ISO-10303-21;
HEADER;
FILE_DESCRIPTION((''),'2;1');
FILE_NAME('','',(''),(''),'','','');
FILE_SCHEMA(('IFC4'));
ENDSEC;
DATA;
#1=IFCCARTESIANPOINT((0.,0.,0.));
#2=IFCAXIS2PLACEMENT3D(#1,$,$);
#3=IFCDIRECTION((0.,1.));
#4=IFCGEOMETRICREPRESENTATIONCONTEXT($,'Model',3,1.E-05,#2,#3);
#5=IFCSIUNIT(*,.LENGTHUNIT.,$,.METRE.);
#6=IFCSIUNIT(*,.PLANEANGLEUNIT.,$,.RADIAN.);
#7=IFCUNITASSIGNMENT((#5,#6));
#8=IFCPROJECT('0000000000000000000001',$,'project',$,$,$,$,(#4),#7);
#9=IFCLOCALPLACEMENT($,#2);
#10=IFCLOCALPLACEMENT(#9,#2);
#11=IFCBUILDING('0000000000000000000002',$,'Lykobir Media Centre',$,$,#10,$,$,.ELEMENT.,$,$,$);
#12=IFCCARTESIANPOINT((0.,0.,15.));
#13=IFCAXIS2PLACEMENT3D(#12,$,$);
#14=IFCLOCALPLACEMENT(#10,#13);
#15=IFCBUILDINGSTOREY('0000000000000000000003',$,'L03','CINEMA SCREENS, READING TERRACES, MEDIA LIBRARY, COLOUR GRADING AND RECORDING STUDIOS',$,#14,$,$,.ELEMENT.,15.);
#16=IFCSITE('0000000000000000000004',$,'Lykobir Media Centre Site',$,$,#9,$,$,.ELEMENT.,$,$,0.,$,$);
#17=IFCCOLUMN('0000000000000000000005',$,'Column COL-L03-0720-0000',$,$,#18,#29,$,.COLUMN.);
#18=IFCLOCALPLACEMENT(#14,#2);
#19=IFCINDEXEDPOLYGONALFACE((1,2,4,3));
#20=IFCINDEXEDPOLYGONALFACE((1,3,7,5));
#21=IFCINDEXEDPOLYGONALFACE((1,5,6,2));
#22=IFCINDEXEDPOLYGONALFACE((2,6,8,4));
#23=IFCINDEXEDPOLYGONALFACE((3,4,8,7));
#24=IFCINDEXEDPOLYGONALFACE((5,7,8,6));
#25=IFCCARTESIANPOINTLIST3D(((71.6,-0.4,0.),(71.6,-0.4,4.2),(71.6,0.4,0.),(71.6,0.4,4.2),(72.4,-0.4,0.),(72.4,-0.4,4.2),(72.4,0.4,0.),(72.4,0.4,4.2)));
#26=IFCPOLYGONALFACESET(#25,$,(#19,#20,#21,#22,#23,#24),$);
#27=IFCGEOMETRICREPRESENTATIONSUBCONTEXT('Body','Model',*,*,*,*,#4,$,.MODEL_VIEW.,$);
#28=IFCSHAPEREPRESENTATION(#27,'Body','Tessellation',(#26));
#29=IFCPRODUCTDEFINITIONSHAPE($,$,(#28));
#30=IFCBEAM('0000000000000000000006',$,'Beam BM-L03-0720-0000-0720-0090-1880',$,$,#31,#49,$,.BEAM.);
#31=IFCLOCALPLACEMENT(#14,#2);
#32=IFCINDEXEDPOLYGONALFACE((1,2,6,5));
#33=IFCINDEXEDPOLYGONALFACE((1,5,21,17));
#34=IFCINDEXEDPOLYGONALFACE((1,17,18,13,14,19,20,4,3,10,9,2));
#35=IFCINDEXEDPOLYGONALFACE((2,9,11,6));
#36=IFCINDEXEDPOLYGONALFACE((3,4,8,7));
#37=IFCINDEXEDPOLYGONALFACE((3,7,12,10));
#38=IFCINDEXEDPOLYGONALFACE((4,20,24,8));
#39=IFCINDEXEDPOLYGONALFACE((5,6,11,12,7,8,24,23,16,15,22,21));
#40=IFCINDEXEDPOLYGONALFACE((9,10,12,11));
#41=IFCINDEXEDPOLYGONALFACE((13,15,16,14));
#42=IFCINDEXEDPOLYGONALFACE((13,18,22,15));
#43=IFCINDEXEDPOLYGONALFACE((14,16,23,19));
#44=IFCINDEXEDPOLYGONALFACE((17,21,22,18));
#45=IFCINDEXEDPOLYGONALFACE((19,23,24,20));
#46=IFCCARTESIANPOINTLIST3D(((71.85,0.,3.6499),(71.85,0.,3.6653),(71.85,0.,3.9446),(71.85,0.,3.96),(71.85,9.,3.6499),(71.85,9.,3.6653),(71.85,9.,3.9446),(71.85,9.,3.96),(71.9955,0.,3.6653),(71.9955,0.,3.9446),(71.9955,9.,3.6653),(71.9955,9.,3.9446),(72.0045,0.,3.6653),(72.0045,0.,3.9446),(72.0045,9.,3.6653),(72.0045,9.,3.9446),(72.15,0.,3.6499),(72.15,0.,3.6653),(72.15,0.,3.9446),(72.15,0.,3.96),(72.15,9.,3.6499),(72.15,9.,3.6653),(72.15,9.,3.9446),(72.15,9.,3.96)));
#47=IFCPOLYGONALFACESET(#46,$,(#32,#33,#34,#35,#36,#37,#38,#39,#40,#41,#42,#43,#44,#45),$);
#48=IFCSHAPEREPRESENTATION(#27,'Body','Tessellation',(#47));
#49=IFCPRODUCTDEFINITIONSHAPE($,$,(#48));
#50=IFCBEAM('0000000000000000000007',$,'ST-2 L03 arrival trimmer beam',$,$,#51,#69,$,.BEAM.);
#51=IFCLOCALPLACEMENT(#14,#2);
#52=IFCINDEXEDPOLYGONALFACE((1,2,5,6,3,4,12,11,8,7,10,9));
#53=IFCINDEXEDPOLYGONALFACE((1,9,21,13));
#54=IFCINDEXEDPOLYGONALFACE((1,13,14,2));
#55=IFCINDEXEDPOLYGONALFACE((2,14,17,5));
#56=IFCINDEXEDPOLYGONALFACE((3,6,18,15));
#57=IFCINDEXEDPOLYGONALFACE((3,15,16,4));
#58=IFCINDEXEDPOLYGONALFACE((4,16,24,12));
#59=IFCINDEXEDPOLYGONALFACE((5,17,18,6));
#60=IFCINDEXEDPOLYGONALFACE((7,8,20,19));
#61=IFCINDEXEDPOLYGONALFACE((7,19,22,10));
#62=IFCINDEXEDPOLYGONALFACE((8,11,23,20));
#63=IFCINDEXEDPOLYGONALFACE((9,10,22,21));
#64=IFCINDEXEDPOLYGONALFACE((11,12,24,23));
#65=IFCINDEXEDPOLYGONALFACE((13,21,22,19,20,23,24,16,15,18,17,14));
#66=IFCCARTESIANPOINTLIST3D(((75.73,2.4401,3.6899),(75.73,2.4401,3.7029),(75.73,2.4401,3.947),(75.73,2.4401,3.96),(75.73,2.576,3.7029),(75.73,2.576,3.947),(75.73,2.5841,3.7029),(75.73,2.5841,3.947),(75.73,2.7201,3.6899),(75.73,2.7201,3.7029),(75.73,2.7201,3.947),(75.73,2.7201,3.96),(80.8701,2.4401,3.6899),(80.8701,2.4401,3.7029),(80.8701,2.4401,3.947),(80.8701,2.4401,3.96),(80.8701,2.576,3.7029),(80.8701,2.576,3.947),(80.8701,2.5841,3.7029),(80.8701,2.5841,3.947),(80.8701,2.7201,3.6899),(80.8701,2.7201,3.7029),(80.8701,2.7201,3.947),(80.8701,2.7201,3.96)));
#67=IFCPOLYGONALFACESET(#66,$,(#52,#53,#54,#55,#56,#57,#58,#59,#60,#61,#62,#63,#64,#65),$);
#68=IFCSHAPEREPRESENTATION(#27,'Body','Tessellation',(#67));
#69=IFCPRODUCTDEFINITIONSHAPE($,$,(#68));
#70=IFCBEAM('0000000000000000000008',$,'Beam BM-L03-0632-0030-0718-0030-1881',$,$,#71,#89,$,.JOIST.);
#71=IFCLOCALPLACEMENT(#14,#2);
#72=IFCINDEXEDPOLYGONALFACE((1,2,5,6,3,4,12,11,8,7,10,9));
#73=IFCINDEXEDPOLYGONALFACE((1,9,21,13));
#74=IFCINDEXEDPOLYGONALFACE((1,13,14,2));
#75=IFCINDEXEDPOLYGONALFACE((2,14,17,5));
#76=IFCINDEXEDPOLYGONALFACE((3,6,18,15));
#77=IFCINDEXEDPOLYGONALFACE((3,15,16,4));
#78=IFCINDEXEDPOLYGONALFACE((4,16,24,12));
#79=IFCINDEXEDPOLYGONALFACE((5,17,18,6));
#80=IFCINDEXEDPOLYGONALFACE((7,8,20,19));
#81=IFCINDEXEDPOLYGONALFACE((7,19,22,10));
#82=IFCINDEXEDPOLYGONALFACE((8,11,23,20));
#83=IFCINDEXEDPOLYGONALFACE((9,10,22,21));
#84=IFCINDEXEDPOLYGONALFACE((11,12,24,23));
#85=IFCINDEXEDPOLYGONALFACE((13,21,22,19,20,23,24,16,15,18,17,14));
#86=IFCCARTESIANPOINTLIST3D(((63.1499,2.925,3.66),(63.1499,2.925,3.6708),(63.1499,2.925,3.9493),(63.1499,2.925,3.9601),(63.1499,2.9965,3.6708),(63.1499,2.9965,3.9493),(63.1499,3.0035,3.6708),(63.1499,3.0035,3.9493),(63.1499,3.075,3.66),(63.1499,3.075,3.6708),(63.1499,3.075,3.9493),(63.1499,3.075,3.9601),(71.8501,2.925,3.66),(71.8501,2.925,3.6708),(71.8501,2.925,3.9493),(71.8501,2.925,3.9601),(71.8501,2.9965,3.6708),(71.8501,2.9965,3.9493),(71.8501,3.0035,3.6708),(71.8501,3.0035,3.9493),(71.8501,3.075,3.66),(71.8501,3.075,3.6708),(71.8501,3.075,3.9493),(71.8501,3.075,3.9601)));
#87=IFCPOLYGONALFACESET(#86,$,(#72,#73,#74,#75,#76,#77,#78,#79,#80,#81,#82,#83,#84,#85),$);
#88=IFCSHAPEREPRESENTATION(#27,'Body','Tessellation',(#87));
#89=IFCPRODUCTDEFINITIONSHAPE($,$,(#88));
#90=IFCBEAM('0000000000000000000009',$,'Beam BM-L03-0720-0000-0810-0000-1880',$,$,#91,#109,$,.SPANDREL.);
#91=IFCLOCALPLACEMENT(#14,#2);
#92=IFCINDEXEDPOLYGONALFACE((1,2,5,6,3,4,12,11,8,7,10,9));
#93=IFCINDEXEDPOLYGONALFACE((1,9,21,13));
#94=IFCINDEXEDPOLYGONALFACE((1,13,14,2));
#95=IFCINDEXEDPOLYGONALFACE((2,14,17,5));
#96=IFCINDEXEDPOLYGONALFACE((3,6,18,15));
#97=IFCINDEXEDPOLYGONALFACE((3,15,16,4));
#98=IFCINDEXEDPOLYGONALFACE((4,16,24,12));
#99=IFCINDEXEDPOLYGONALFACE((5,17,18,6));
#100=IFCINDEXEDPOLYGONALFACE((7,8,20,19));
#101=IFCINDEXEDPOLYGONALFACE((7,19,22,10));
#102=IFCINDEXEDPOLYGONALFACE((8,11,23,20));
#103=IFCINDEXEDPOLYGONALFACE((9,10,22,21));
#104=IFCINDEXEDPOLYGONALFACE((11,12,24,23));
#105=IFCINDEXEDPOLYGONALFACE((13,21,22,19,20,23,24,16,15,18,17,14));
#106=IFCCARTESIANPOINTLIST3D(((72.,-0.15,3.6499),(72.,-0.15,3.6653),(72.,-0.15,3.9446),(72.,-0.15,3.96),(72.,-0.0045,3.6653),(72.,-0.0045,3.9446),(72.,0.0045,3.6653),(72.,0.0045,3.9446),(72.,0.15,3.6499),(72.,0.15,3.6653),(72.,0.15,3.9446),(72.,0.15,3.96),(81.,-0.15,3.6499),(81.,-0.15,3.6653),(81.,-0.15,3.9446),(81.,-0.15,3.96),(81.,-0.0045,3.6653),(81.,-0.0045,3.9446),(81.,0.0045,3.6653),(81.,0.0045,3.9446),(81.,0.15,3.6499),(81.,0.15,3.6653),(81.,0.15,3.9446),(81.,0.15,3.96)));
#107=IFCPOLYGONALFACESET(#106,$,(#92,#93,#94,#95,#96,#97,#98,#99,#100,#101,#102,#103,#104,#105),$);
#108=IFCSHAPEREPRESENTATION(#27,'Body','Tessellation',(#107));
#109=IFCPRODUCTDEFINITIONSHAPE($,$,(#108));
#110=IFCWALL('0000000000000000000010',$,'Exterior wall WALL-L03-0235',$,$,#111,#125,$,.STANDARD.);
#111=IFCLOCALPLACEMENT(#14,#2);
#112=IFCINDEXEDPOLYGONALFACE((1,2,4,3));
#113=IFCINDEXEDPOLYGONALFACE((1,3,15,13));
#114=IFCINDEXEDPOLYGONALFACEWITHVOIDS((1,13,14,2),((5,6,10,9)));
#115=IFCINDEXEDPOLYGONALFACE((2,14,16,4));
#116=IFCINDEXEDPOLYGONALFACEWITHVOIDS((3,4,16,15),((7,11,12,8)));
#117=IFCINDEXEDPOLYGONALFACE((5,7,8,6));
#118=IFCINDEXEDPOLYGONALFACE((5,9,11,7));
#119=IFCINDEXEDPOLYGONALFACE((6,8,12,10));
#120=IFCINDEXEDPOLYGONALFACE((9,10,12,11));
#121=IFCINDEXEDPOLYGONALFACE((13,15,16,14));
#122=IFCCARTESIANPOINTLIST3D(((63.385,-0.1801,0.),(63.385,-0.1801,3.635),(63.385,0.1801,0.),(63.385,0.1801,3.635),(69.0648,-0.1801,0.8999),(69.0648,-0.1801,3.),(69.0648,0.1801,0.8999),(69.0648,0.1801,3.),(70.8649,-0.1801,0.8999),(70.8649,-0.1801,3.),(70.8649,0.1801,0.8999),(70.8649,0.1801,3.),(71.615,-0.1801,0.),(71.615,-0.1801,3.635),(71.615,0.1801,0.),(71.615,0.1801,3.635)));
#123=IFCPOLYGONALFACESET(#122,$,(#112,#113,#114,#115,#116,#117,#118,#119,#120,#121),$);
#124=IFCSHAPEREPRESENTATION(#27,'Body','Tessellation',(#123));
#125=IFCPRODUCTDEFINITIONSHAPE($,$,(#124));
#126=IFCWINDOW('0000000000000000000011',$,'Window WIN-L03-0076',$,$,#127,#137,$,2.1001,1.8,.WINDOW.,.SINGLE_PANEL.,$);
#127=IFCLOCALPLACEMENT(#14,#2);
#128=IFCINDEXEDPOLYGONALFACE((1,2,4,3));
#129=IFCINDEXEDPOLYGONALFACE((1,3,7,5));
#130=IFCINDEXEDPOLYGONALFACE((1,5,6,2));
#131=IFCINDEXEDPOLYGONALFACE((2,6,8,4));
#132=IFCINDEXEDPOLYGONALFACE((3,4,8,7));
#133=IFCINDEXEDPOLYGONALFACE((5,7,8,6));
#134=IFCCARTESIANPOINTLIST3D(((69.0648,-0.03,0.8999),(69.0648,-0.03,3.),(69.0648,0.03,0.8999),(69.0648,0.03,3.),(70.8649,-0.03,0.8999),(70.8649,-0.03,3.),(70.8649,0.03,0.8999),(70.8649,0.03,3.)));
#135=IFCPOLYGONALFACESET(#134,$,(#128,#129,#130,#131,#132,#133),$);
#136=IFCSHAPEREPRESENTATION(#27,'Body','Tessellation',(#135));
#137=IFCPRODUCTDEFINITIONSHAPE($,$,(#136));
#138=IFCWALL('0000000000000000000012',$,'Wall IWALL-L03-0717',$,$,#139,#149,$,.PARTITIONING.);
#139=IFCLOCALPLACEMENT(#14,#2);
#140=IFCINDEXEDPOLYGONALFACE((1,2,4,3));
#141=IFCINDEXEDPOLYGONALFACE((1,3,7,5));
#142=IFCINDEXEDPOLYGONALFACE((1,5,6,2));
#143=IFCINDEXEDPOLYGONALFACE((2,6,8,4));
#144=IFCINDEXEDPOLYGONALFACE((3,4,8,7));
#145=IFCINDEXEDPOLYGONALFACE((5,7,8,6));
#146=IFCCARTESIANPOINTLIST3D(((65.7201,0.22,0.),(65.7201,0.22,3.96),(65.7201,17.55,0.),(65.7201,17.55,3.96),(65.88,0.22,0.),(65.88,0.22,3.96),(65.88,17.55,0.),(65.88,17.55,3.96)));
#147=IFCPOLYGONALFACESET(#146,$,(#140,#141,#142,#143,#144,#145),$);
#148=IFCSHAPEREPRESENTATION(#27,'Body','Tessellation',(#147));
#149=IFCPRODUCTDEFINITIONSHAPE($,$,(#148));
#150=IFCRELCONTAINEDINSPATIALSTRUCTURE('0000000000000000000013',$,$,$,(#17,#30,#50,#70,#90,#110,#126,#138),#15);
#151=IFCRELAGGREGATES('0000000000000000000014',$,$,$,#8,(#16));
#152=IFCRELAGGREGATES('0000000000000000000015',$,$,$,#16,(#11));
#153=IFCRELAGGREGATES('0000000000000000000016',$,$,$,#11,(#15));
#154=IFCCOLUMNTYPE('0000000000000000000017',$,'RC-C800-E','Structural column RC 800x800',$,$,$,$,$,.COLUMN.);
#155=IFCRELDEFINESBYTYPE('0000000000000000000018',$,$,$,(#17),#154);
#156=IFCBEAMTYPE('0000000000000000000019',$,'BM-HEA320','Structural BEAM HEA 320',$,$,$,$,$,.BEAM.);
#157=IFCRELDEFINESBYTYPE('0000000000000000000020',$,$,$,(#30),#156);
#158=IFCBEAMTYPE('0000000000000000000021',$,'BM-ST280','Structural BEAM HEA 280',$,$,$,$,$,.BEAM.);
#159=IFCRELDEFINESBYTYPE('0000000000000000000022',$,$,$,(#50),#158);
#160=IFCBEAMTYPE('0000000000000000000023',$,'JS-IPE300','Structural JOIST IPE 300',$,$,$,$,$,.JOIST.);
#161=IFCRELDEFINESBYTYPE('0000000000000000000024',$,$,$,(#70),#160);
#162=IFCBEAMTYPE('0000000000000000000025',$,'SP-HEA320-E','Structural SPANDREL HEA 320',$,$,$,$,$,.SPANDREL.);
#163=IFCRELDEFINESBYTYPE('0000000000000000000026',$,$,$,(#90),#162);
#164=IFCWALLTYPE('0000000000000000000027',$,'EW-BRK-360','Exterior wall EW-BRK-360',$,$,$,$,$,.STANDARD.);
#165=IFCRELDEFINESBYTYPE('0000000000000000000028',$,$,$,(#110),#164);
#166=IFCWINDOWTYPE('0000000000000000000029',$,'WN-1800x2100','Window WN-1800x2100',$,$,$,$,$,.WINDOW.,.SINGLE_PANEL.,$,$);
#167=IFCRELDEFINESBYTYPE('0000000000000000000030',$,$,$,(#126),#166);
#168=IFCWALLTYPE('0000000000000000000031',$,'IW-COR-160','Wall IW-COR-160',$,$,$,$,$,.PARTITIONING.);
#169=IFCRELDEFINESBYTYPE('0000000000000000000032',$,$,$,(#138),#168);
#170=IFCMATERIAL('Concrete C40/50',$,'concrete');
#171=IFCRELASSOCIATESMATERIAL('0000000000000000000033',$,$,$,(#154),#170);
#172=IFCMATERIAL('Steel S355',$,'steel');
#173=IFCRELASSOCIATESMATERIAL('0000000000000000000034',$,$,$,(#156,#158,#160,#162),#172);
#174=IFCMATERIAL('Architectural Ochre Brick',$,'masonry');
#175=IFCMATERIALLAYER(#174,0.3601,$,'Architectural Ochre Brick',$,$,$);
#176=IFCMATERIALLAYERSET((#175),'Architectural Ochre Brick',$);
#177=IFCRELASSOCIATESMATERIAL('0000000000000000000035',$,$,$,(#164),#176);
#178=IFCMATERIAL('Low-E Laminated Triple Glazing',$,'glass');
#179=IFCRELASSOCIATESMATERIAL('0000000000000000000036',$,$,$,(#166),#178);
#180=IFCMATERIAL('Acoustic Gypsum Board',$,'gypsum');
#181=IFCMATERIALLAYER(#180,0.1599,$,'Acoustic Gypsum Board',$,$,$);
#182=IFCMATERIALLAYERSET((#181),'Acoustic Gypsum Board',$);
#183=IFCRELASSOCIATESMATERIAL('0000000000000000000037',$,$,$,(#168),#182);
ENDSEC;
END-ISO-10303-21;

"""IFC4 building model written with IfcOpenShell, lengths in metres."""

from ifc_helpers import new_model, si_unit, direction, frame, frame_2d, origin, origin_2d, place, context, subcontext, project, spatial, rectangle, i_section, extrude, material, layer, layer_set, material_profile, profile_set, type_object, element, fill, save


model = new_model("IFC4")

# Units and contexts
model_context = context("Model", 3, precision=1e-05, world=origin(), true_north=direction((0.0, 1.0)))
body_context = subcontext(model_context, "Body", "Model", "MODEL_VIEW")
ifc_project = project(units=[si_unit("LENGTHUNIT", "METRE"), si_unit("PLANEANGLEUNIT", "RADIAN")], contexts=[model_context])

# Site, building, storey
site_placement = place(None, origin())
site = spatial("IfcSite", under=ifc_project, at=site_placement, Name="Lykobir Media Centre Site", CompositionType="ELEMENT", RefElevation=0.0)
building_placement = place(site_placement, origin())
building = spatial("IfcBuilding", under=site, at=building_placement, Name="Lykobir Media Centre", CompositionType="ELEMENT")
storey_placement = place(building_placement, frame((0.0, 0.0, 15.0)))
storey = spatial("IfcBuildingStorey", under=building, at=storey_placement, Name="L03", Description="CINEMA SCREENS, READING TERRACES, MEDIA LIBRARY, COLOUR GRADING AND RECORDING STUDIOS", CompositionType="ELEMENT", Elevation=15.0)

# Column
ifc_material_1 = material(Name="Concrete C40/50", Category="concrete")
ifc_material_profile_1 = material_profile(ifc_material_1, rectangle(XDim=0.8, YDim=0.8, at=origin_2d()), Name="RC 800x800")
ifc_profile_set_1 = profile_set([ifc_material_profile_1], Name="Concrete C40/50")
column_type = type_object("IfcColumnType", Name="RC-C800-E", Description="Structural column RC 800x800", PredefinedType="COLUMN", material=ifc_profile_set_1)
column_placement = place(storey_placement, frame((72.0, 0.0, 0.0), z_axis=(0.0, 0.0, 1.0), x_axis=(1.0, 0.0, 0.0)))
element("IfcColumn", 1, at=column_placement, inside=storey, type_object=column_type, Name="Column COL-L03-0720-0000", PredefinedType="COLUMN", context=body_context, shape_type="SweptSolid", body=[
    extrude(rectangle(XDim=0.8, YDim=0.8, at=origin_2d()), origin(), (0.0, 0.0, 1.0), 4.2),
])

# Beams
ifc_material_2 = material(Name="Steel S355", Category="steel")
ifc_material_profile_2 = material_profile(ifc_material_2, i_section(OverallWidth=0.3, OverallDepth=0.3101, WebThickness=0.009, FlangeThickness=0.0154, at=origin_2d()), Name="HEA 320")
ifc_profile_set_2 = profile_set([ifc_material_profile_2], Name="Steel S355")
beam_type_1 = type_object("IfcBeamType", Name="BM-HEA320", Description="Structural BEAM HEA 320", PredefinedType="BEAM", material=ifc_profile_set_2)
beam_1_placement = place(storey_placement, frame((72.0, 0.0, 3.8049), z_axis=(0.0, 1.0, 0.0), x_axis=(-1.0, 0.0, 0.0)))
element("IfcBeam", 2, at=beam_1_placement, inside=storey, type_object=beam_type_1, Name="Beam BM-L03-0720-0000-0720-0090-1880", PredefinedType="BEAM", context=body_context, shape_type="SweptSolid", body=[
    extrude(i_section(OverallWidth=0.3, OverallDepth=0.3101, WebThickness=0.009, FlangeThickness=0.0154, at=origin_2d()), origin(), (0.0, 0.0, 1.0), 9.0),
])
ifc_material_profile_3 = material_profile(ifc_material_2, i_section(OverallWidth=0.28, OverallDepth=0.27, WebThickness=0.0081, FlangeThickness=0.0129, at=origin_2d()), Name="HEA 280")
ifc_profile_set_3 = profile_set([ifc_material_profile_3], Name="Steel S355")
beam_type_2 = type_object("IfcBeamType", Name="BM-ST280", Description="Structural BEAM HEA 280", PredefinedType="BEAM", material=ifc_profile_set_3)
beam_2_placement = place(storey_placement, frame((75.73, 2.5801, 3.825), z_axis=(1.0, 0.0, 0.0), x_axis=(0.0, 1.0, 0.0)))
element("IfcBeam", 3, at=beam_2_placement, inside=storey, type_object=beam_type_2, Name="ST-2 L03 arrival trimmer beam", PredefinedType="BEAM", context=body_context, shape_type="SweptSolid", body=[
    extrude(i_section(OverallWidth=0.28, OverallDepth=0.27, WebThickness=0.0081, FlangeThickness=0.0129, at=origin_2d()), origin(), (0.0, 0.0, 1.0), 5.1401),
])
ifc_material_profile_4 = material_profile(ifc_material_2, i_section(OverallWidth=0.1499, OverallDepth=0.3, WebThickness=0.0071, FlangeThickness=0.0107, at=origin_2d()), Name="IPE 300")
ifc_profile_set_4 = profile_set([ifc_material_profile_4], Name="Steel S355")
beam_type_3 = type_object("IfcBeamType", Name="JS-IPE300", Description="Structural JOIST IPE 300", PredefinedType="JOIST", material=ifc_profile_set_4)
beam_3_placement = place(storey_placement, frame((63.1499, 3.0, 3.8101), z_axis=(1.0, 0.0, 0.0), x_axis=(0.0, 1.0, 0.0)))
element("IfcBeam", 4, at=beam_3_placement, inside=storey, type_object=beam_type_3, Name="Beam BM-L03-0632-0030-0718-0030-1881", PredefinedType="JOIST", context=body_context, shape_type="SweptSolid", body=[
    extrude(i_section(OverallWidth=0.1499, OverallDepth=0.3, WebThickness=0.0071, FlangeThickness=0.0107, at=origin_2d()), origin(), (0.0, 0.0, 1.0), 8.7002),
])
ifc_material_profile_5 = material_profile(ifc_material_2, i_section(OverallWidth=0.3, OverallDepth=0.3101, WebThickness=0.009, FlangeThickness=0.0154, at=origin_2d()), Name="HEA 320")
ifc_profile_set_5 = profile_set([ifc_material_profile_5], Name="Steel S355")
beam_type_4 = type_object("IfcBeamType", Name="SP-HEA320-E", Description="Structural SPANDREL HEA 320", PredefinedType="SPANDREL", material=ifc_profile_set_5)
beam_4_placement = place(storey_placement, frame((72.0, 0.0, 3.8049), z_axis=(1.0, 0.0, 0.0), x_axis=(0.0, 1.0, 0.0)))
element("IfcBeam", 5, at=beam_4_placement, inside=storey, type_object=beam_type_4, Name="Beam BM-L03-0720-0000-0810-0000-1880", PredefinedType="SPANDREL", context=body_context, shape_type="SweptSolid", body=[
    extrude(i_section(OverallWidth=0.3, OverallDepth=0.3101, WebThickness=0.009, FlangeThickness=0.0154, at=origin_2d()), origin(), (0.0, 0.0, 1.0), 9.0),
])

# Wall, opening, window
ifc_material_3 = material(Name="Architectural Ochre Brick", Category="masonry")
ifc_layer_1 = layer(ifc_material_3, 0.3601, Name="Architectural Ochre Brick")
ifc_layer_set_1 = layer_set([ifc_layer_1], Name="Architectural Ochre Brick")
wall_type_1 = type_object("IfcWallType", Name="EW-BRK-360", Description="Exterior wall EW-BRK-360", PredefinedType="STANDARD", material=ifc_layer_set_1)
wall_1_placement = place(storey_placement, frame((63.385, 0.0, 0.0), z_axis=(0.0, 0.0, 1.0), x_axis=(1.0, 0.0, 0.0)))
wall_1 = element("IfcWall", 6, at=wall_1_placement, inside=storey, type_object=wall_type_1, Name="Exterior wall WALL-L03-0235", PredefinedType="STANDARD", context=body_context, shape_type="SweptSolid", body=[
    extrude(rectangle(XDim=8.23, YDim=0.3601, at=frame_2d((4.115, 0.0))), origin(), (0.0, 0.0, 1.0), 3.635),
])
opening_1_placement = place(wall_1_placement, frame((5.6799, 0.0, 0.8999)))
opening_1 = element("IfcOpeningElement", 7, at=opening_1_placement, cuts=wall_1, PredefinedType="OPENING", context=body_context, shape_type="SweptSolid", body=[
    extrude(rectangle(XDim=1.8, YDim=2.1001, at=frame_2d((0.8999, 1.05))), frame((0.0, 0.1899, 0.0), z_axis=(0.0, -1.0, 0.0), x_axis=(1.0, 0.0, 0.0)), (0.0, 0.0, 1.0), 0.3801),
])
ifc_material_4 = material(Name="Low-E Laminated Triple Glazing", Category="glass")
window_type = type_object("IfcWindowType", Name="WN-1800x2100", Description="Window WN-1800x2100", PartitioningType="SINGLE_PANEL", PredefinedType="WINDOW", material=ifc_material_4)
window_placement = place(opening_1_placement, origin())
window = element("IfcWindow", 8, at=window_placement, inside=storey, type_object=window_type, Name="Window WIN-L03-0076", OverallHeight=2.1001, OverallWidth=1.8, PartitioningType="SINGLE_PANEL", PredefinedType="WINDOW", context=body_context, shape_type="SweptSolid", body=[
    extrude(rectangle(XDim=1.8, YDim=2.1001, at=frame_2d((0.8999, 1.05))), frame((0.0, 0.03, 0.0), z_axis=(0.0, -1.0, 0.0), x_axis=(1.0, 0.0, 0.0)), (0.0, 0.0, 1.0), 0.0601),
])
fill(opening_1, window)

# Wall
ifc_material_5 = material(Name="Acoustic Gypsum Board", Category="gypsum")
ifc_layer_2 = layer(ifc_material_5, 0.1599, Name="Acoustic Gypsum Board")
ifc_layer_set_2 = layer_set([ifc_layer_2], Name="Acoustic Gypsum Board")
wall_type_2 = type_object("IfcWallType", Name="IW-COR-160", Description="Wall IW-COR-160", PredefinedType="PARTITIONING", material=ifc_layer_set_2)
wall_2_placement = place(storey_placement, frame((65.8, 0.22, 0.0), z_axis=(0.0, 0.0, 1.0), x_axis=(0.0, 1.0, 0.0)))
element("IfcWall", 9, at=wall_2_placement, inside=storey, type_object=wall_type_2, Name="Wall IWALL-L03-0717", PredefinedType="PARTITIONING", context=body_context, shape_type="SweptSolid", body=[
    extrude(rectangle(XDim=17.3301, YDim=0.1599, at=frame_2d((8.665, 0.0))), origin(), (0.0, 0.0, 1.0), 3.96),
])

save(model, "model.ifc")
